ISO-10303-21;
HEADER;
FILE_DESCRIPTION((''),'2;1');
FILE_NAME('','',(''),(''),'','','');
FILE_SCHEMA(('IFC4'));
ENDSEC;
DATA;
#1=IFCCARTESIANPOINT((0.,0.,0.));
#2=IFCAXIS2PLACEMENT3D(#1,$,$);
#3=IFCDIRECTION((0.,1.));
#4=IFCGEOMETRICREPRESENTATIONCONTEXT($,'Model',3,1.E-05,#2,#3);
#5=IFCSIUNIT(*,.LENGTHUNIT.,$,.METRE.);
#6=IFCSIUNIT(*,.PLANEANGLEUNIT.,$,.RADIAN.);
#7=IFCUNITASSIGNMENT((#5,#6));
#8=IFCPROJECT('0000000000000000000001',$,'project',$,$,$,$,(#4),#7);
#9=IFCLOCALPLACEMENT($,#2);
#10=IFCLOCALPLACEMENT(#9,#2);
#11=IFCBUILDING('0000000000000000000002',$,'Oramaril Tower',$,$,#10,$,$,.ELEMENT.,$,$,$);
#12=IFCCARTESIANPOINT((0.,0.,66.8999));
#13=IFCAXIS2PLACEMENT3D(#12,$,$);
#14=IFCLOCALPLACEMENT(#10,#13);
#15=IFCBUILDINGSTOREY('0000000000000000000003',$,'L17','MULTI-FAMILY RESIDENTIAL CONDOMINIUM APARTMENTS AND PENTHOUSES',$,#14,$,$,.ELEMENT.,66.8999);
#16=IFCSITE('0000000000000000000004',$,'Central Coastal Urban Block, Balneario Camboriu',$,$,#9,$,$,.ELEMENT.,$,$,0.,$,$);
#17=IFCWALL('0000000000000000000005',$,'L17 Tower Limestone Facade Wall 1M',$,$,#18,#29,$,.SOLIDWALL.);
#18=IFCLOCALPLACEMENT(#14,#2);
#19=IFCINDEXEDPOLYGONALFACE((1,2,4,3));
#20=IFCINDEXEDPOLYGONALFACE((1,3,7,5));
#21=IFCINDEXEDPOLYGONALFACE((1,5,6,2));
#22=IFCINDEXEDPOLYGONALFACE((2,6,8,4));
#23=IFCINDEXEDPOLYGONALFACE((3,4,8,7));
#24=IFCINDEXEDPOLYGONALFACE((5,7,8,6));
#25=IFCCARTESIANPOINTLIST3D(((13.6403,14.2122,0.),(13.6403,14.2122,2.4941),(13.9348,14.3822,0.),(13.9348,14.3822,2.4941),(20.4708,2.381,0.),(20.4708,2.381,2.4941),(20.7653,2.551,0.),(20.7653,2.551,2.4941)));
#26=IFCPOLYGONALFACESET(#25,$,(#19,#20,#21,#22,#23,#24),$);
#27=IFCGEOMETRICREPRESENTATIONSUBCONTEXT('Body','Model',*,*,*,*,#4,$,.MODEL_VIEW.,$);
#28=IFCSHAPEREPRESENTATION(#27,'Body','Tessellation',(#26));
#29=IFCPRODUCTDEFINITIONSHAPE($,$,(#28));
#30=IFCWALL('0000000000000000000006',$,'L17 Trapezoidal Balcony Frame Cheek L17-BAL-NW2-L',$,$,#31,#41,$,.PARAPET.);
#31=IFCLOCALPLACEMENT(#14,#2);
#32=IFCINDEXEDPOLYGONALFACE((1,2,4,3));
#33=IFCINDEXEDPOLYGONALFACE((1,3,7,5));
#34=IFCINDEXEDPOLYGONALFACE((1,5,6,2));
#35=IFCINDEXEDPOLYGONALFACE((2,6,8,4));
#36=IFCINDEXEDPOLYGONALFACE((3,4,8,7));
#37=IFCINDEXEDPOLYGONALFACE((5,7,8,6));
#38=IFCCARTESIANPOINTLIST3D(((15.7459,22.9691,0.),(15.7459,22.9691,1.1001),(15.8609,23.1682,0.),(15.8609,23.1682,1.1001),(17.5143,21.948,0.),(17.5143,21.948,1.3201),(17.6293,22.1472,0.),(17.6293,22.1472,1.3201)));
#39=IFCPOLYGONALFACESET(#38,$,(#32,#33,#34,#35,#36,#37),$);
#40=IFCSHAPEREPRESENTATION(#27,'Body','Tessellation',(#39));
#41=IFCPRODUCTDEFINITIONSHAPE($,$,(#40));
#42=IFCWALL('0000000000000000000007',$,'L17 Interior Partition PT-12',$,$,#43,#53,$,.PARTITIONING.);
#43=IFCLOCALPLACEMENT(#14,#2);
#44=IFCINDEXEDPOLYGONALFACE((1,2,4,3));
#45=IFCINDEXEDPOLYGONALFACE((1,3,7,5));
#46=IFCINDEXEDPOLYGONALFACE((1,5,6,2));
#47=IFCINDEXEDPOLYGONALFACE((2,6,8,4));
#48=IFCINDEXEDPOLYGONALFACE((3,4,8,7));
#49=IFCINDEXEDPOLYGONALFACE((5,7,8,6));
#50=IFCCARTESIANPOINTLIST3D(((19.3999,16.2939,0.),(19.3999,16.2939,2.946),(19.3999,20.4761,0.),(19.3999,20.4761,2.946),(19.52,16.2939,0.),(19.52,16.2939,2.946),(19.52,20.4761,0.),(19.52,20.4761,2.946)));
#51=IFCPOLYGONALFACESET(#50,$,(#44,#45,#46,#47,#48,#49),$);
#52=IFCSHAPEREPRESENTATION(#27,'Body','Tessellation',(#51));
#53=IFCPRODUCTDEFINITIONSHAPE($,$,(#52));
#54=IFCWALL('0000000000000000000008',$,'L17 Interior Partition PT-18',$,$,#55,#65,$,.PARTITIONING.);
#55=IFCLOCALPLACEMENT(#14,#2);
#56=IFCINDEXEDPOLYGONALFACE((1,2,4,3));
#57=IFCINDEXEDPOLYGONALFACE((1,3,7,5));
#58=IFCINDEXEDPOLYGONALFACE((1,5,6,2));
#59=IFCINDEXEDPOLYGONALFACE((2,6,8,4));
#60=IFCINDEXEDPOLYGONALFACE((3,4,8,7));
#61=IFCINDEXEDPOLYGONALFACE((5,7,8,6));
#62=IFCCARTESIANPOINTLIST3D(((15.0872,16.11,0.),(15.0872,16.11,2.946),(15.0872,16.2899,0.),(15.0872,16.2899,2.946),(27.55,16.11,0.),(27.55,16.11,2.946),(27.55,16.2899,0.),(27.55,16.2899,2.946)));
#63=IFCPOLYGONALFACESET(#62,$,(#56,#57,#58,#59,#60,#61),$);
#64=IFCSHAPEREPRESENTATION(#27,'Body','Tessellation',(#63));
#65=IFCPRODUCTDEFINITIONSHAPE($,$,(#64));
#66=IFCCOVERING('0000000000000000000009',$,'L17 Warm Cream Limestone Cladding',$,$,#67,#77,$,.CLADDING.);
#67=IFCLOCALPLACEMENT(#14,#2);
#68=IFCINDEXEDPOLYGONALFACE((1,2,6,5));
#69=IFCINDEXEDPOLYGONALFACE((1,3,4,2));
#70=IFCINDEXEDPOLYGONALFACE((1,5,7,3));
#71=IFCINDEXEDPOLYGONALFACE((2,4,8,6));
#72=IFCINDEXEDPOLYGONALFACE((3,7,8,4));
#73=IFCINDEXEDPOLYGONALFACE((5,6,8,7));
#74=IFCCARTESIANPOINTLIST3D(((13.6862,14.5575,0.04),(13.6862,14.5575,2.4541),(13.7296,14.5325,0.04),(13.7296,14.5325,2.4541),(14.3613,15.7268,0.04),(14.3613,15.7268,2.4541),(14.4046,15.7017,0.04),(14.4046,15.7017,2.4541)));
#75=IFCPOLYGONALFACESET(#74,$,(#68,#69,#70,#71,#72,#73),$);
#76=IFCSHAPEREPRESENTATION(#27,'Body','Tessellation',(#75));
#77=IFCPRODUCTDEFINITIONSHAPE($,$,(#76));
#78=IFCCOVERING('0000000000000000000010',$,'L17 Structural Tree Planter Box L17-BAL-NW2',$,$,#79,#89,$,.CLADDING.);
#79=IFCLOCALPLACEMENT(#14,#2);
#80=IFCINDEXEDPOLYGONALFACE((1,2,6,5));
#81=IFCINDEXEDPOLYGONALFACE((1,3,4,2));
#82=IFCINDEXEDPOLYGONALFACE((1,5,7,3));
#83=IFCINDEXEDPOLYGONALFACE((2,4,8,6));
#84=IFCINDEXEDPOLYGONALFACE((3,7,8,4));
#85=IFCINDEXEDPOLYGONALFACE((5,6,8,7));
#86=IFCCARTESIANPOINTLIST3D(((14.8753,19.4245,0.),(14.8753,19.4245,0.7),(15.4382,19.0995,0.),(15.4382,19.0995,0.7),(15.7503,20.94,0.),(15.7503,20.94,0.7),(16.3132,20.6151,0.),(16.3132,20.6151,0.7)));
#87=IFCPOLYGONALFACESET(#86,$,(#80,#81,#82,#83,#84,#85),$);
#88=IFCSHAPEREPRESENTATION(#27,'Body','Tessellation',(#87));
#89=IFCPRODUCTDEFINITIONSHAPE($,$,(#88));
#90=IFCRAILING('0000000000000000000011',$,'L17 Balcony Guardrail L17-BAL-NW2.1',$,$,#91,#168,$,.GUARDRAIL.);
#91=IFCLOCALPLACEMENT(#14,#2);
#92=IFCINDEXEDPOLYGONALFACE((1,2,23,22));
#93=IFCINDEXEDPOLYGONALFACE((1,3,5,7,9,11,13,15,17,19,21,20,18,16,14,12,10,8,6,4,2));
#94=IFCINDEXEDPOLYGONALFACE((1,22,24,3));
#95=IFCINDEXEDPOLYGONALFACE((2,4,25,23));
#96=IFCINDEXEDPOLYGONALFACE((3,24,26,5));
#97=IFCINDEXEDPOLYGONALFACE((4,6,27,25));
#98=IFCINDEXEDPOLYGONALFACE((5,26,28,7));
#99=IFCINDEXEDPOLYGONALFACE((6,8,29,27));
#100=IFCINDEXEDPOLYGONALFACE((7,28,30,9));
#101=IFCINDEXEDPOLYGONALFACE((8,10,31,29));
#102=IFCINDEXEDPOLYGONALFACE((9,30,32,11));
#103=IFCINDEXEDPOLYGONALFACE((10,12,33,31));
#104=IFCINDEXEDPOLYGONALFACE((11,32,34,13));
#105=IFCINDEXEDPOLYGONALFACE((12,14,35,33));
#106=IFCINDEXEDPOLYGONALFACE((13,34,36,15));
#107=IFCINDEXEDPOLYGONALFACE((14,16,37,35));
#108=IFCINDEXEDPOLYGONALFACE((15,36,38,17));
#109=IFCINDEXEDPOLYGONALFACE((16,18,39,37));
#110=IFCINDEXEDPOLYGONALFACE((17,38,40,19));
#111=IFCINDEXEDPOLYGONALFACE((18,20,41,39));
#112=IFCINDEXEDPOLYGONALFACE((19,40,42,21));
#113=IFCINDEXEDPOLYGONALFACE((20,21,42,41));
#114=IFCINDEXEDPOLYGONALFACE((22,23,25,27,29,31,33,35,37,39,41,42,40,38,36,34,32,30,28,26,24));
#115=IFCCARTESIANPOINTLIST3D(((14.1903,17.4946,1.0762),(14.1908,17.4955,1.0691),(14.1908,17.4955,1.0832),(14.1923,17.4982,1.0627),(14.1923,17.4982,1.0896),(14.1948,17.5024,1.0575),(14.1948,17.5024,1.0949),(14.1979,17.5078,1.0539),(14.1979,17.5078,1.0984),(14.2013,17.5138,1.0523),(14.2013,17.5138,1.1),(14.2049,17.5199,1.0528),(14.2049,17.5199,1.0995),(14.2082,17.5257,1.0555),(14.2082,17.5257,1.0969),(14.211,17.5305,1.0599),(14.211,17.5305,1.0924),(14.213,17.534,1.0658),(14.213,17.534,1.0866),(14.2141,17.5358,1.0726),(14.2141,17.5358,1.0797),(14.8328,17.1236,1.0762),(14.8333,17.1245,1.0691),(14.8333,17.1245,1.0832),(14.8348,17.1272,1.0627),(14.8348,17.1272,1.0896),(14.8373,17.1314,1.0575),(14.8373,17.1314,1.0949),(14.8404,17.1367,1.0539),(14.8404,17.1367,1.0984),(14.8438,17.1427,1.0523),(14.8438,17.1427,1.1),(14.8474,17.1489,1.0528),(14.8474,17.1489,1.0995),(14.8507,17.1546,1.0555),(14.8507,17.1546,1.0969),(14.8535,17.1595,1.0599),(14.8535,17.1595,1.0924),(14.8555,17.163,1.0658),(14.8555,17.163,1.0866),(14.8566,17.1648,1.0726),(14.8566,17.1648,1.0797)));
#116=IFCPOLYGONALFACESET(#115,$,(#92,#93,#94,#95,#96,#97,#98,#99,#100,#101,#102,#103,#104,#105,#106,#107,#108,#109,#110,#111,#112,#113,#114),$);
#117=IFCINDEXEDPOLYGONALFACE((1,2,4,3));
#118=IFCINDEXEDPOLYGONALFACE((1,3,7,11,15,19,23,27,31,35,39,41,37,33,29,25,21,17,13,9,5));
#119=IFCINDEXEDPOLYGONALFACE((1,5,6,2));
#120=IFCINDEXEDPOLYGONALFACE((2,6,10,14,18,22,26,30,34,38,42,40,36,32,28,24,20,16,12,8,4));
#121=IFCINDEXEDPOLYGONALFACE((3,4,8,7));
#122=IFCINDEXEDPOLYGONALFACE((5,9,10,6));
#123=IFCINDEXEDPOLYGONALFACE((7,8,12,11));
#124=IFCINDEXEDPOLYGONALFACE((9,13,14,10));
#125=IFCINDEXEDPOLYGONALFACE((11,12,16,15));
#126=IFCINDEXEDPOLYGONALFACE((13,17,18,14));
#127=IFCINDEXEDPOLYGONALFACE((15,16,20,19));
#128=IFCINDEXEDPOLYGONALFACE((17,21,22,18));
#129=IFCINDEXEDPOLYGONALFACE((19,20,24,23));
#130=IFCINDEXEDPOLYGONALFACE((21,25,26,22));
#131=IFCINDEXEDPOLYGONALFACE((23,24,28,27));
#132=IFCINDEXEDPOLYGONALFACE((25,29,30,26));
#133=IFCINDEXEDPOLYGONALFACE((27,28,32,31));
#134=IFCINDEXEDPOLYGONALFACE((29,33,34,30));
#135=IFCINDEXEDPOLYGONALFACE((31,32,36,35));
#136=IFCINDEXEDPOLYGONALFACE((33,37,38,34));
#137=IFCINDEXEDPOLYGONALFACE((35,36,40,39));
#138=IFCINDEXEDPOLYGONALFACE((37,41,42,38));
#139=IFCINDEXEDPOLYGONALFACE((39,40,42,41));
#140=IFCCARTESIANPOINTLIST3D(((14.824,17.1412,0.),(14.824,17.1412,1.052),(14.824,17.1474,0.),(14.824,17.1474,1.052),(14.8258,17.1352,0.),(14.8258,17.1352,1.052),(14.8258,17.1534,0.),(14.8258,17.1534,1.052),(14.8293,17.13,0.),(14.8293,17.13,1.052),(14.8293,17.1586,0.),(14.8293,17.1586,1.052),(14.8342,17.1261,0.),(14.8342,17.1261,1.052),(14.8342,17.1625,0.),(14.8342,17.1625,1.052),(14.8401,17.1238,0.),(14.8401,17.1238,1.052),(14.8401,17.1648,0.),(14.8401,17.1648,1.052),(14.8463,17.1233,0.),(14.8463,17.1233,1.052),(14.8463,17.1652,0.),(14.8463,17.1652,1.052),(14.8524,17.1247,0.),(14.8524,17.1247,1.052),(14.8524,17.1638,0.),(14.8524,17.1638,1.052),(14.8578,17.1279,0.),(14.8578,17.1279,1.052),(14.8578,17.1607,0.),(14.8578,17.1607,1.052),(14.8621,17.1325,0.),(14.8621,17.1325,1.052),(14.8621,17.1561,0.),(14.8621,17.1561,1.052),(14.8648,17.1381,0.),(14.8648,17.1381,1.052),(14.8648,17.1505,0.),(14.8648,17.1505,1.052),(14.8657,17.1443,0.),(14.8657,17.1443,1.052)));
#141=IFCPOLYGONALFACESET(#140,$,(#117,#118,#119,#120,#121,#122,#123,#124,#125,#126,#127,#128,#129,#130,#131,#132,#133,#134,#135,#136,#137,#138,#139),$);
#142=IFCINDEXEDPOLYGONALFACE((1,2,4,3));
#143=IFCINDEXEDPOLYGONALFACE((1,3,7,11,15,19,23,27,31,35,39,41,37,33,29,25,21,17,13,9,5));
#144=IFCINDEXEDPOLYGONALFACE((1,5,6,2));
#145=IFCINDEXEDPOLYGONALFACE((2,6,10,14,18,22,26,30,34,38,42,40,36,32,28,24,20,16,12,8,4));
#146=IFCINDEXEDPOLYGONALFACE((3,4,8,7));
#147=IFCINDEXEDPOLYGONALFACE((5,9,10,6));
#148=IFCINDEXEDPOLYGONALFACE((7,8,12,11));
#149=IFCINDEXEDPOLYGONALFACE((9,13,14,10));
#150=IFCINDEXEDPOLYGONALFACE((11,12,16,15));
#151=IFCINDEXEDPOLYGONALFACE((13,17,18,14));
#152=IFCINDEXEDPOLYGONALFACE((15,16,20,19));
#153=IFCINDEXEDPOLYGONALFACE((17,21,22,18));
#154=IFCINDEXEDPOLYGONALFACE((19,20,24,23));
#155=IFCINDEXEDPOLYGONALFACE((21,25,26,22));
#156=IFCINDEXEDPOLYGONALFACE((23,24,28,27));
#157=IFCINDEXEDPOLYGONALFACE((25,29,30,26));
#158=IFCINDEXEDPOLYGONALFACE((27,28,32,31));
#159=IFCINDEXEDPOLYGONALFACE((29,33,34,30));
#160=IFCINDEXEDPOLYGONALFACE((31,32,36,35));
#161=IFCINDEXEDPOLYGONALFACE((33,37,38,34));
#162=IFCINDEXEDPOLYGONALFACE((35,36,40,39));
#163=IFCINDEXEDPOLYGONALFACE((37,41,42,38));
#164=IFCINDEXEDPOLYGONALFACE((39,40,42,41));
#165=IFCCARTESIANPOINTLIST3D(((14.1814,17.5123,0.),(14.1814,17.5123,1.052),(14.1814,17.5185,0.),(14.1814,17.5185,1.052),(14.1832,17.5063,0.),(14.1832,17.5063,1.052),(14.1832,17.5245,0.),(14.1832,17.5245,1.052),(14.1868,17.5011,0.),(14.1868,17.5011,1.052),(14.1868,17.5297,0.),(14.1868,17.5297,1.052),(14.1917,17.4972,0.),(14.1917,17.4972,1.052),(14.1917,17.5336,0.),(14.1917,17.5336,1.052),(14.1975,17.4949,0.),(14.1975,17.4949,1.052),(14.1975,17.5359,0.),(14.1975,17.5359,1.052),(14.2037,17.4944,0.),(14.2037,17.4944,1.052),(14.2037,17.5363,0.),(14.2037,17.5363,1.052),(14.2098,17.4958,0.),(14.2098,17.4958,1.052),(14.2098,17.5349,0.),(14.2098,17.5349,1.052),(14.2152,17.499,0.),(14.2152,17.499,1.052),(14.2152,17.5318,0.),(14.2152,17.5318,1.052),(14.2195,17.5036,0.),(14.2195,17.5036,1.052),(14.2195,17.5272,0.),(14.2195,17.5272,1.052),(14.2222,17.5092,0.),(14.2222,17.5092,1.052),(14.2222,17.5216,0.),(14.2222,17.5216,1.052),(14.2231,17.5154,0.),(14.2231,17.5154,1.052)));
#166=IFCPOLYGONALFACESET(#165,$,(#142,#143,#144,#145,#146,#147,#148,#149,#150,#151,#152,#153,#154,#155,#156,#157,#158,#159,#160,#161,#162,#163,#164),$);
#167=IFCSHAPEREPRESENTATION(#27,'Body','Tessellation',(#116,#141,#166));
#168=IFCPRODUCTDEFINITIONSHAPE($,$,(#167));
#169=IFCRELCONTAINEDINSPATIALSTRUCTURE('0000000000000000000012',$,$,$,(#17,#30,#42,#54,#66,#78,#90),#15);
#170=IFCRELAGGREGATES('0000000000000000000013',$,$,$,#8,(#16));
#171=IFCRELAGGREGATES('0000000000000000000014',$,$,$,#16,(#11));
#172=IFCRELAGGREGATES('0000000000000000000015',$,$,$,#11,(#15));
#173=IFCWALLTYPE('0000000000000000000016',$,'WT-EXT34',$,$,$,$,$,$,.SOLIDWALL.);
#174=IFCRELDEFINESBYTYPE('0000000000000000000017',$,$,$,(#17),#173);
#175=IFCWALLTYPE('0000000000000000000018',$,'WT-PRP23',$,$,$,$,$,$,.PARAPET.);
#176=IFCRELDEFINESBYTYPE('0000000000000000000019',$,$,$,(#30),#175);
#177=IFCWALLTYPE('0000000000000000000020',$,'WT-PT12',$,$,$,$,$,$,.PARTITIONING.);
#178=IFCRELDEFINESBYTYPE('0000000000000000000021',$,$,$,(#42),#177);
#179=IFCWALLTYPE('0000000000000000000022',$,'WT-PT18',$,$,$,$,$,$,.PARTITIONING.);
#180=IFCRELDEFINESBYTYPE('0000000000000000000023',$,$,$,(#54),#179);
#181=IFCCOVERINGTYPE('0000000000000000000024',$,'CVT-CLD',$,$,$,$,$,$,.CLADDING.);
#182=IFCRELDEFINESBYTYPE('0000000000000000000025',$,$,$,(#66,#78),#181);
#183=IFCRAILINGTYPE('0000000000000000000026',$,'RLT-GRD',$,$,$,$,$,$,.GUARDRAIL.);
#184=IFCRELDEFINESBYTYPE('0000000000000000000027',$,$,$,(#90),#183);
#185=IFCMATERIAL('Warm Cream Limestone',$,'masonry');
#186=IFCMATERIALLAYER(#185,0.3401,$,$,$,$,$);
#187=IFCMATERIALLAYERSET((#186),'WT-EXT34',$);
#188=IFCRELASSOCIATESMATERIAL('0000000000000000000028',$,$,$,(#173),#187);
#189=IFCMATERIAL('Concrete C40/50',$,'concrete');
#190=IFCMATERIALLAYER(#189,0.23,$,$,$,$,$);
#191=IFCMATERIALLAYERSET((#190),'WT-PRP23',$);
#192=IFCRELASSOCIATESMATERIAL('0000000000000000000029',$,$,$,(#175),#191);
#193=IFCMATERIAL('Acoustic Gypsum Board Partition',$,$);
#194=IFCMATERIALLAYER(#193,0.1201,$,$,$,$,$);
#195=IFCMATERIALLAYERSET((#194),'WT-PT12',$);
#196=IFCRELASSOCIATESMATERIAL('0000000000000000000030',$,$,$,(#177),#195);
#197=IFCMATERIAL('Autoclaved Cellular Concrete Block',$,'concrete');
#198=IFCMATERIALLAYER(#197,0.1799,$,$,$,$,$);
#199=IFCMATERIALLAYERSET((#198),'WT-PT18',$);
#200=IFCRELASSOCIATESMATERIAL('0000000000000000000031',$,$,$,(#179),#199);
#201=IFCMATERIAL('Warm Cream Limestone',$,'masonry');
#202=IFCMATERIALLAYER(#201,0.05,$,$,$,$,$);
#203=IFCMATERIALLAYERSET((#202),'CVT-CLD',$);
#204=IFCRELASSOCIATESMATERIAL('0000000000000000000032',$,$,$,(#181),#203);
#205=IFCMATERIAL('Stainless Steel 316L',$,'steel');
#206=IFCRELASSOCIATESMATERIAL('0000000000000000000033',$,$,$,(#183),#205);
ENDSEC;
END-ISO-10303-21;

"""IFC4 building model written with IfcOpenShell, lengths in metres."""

from ifc_helpers import new_model, si_unit, direction, frame, frame_2d, origin, origin_2d, place, context, subcontext, project, spatial, polyline, rectangle, circle, outline, extrude, material, layer, layer_set, type_object, element, save


model = new_model("IFC4")

# Units and contexts
model_context = context("Model", 3, precision=1e-05, world=origin(), true_north=direction((0.0, 1.0)))
body_context = subcontext(model_context, "Body", "Model", "MODEL_VIEW")
ifc_project = project(units=[si_unit("LENGTHUNIT", "METRE"), si_unit("PLANEANGLEUNIT", "RADIAN")], contexts=[model_context])

# Site, building, storey
site_placement = place(None, origin())
site = spatial("IfcSite", under=ifc_project, at=site_placement, Name="Central Coastal Urban Block, Balneario Camboriu", CompositionType="ELEMENT", RefElevation=0.0)
building_placement = place(site_placement, origin())
building = spatial("IfcBuilding", under=site, at=building_placement, Name="Oramaril Tower", CompositionType="ELEMENT")
storey_placement = place(building_placement, frame((0.0, 0.0, 66.8999)))
storey = spatial("IfcBuildingStorey", under=building, at=storey_placement, Name="L17", Description="MULTI-FAMILY RESIDENTIAL CONDOMINIUM APARTMENTS AND PENTHOUSES", CompositionType="ELEMENT", Elevation=66.8999)

# Walls
ifc_material_1 = material(Name="Warm Cream Limestone", Category="masonry")
ifc_layer_1 = layer(ifc_material_1, 0.3401)
ifc_layer_set_1 = layer_set([ifc_layer_1], Name="WT-EXT34")
wall_type_1 = type_object("IfcWallType", Name="WT-EXT34", PredefinedType="SOLIDWALL", material=ifc_layer_set_1)
wall_1_placement = place(storey_placement, frame((13.7876, 14.2971, 0.0), z_axis=(0.0, 0.0, 1.0), x_axis=(0.499987, -0.866033, 0.0)))
element("IfcWall", 1, at=wall_1_placement, inside=storey, type_object=wall_type_1, Name="L17 Tower Limestone Facade Wall 1M", PredefinedType="SOLIDWALL", context=body_context, shape_type="SweptSolid", body=[
    extrude(rectangle(XDim=13.6614, YDim=0.3401, at=frame_2d((6.8306, 0.0))), origin(), (0.0, 0.0, 1.0), 2.4941),
])
ifc_material_2 = material(Name="Concrete C40/50", Category="concrete")
ifc_layer_2 = layer(ifc_material_2, 0.23)
ifc_layer_set_2 = layer_set([ifc_layer_2], Name="WT-PRP23")
wall_type_2 = type_object("IfcWallType", Name="WT-PRP23", PredefinedType="PARAPET", material=ifc_layer_set_2)
wall_2_placement = place(storey_placement, frame((17.5718, 22.0476, 0.0), z_axis=(0.0, 0.0, 1.0), x_axis=(-0.866012, 0.500023, 0.0)))
element("IfcWall", 2, at=wall_2_placement, inside=storey, type_object=wall_type_2, Name="L17 Trapezoidal Balcony Frame Cheek L17-BAL-NW2-L", PredefinedType="PARAPET", context=body_context, shape_type="SweptSolid", body=[
    extrude(outline(polyline([(0.0, 0.0), (2.042, 0.0), (2.042, 1.1001), (0.0, 1.3201), (0.0, 0.0)])), frame((0.0, 0.115, 0.0), z_axis=(0.0, -1.0, 0.0), x_axis=(1.0, 0.0, 0.0)), (0.0, 0.0, 1.0), 0.23),
])
ifc_material_3 = material(Name="Acoustic Gypsum Board Partition")
ifc_layer_3 = layer(ifc_material_3, 0.1201)
ifc_layer_set_3 = layer_set([ifc_layer_3], Name="WT-PT12")
wall_type_3 = type_object("IfcWallType", Name="WT-PT12", PredefinedType="PARTITIONING", material=ifc_layer_set_3)
wall_3_placement = place(storey_placement, frame((19.46, 16.2939, 0.0), z_axis=(0.0, 0.0, 1.0), x_axis=(0.0, 1.0, 0.0)))
element("IfcWall", 3, at=wall_3_placement, inside=storey, type_object=wall_type_3, Name="L17 Interior Partition PT-12", PredefinedType="PARTITIONING", context=body_context, shape_type="SweptSolid", body=[
    extrude(rectangle(XDim=4.1821, YDim=0.1201, at=frame_2d((2.0911, 0.0))), origin(), (0.0, 0.0, 1.0), 2.946),
])

# Wall
ifc_material_4 = material(Name="Autoclaved Cellular Concrete Block", Category="concrete")
ifc_layer_4 = layer(ifc_material_4, 0.1799)
ifc_layer_set_4 = layer_set([ifc_layer_4], Name="WT-PT18")
wall_type_4 = type_object("IfcWallType", Name="WT-PT18", PredefinedType="PARTITIONING", material=ifc_layer_set_4)
wall_4_placement = place(storey_placement, frame((15.0872, 16.2, 0.0), z_axis=(0.0, 0.0, 1.0), x_axis=(1.0, 0.0, 0.0)))
element("IfcWall", 4, at=wall_4_placement, inside=storey, type_object=wall_type_4, Name="L17 Interior Partition PT-18", PredefinedType="PARTITIONING", context=body_context, shape_type="SweptSolid", body=[
    extrude(rectangle(XDim=12.4629, YDim=0.1799, at=frame_2d((6.2314, 0.0))), origin(), (0.0, 0.0, 1.0), 2.946),
])

# Coverings
ifc_material_5 = material(Name="Warm Cream Limestone", Category="masonry")
ifc_layer_5 = layer(ifc_material_5, 0.05)
ifc_layer_set_5 = layer_set([ifc_layer_5], Name="CVT-CLD")
covering_type = type_object("IfcCoveringType", Name="CVT-CLD", PredefinedType="CLADDING", material=ifc_layer_set_5)
covering_1_placement = place(storey_placement, frame((14.0454, 15.1296, 0.04), z_axis=(0.0, 0.0, 1.0), x_axis=(-0.5, -0.866025, 0.0)))
element("IfcCovering", 5, at=covering_1_placement, inside=storey, type_object=covering_type, Name="L17 Warm Cream Limestone Cladding", PredefinedType="CLADDING", context=body_context, shape_type="SweptSolid", body=[
    extrude(rectangle(XDim=1.3501, YDim=0.05, at=origin_2d()), origin(), (0.0, 0.0, 1.0), 2.4141),
])
covering_2_placement = place(storey_placement, frame((15.5942, 20.0198, 0.0), z_axis=(0.0, 0.0, 1.0), x_axis=(-0.500002, -0.866025, 0.0)))
element("IfcCovering", 6, at=covering_2_placement, inside=storey, type_object=covering_type, Name="L17 Structural Tree Planter Box L17-BAL-NW2", PredefinedType="CLADDING", context=body_context, shape_type="SweptSolid", body=[
    extrude(rectangle(XDim=1.75, YDim=0.6499, at=origin_2d()), origin(), (0.0, 0.0, 1.0), 0.7),
])

# Railing
ifc_material_6 = material(Name="Stainless Steel 316L", Category="steel")
railing_type = type_object("IfcRailingType", Name="RLT-GRD", PredefinedType="GUARDRAIL", material=ifc_material_6)
railing_1_placement = place(storey_placement, frame((14.8447, 17.1443, 0.0)))
element("IfcRailing", 7, at=railing_1_placement, inside=storey, type_object=railing_type, Name="L17 Balcony Guardrail L17-BAL-NW2.1", PredefinedType="GUARDRAIL", context=body_context, shape_type="SweptSolid", body=[
    extrude(circle(Radius=0.0239, at=origin_2d()), frame((0.0, 0.0, 1.0762), z_axis=(-0.865966, 0.500102, 0.0), x_axis=(-0.500102, -0.865966, 0.0)), (0.0, 0.0, 1.0), 0.7419),
    extrude(circle(Radius=0.021, at=origin_2d()), origin(), (0.0, 0.0, 1.0), 1.052),
    extrude(circle(Radius=0.021, at=origin_2d()), frame((-0.6426, 0.3711, 0.0)), (0.0, 0.0, 1.0), 1.052),
])

save(model, "model.ifc")
